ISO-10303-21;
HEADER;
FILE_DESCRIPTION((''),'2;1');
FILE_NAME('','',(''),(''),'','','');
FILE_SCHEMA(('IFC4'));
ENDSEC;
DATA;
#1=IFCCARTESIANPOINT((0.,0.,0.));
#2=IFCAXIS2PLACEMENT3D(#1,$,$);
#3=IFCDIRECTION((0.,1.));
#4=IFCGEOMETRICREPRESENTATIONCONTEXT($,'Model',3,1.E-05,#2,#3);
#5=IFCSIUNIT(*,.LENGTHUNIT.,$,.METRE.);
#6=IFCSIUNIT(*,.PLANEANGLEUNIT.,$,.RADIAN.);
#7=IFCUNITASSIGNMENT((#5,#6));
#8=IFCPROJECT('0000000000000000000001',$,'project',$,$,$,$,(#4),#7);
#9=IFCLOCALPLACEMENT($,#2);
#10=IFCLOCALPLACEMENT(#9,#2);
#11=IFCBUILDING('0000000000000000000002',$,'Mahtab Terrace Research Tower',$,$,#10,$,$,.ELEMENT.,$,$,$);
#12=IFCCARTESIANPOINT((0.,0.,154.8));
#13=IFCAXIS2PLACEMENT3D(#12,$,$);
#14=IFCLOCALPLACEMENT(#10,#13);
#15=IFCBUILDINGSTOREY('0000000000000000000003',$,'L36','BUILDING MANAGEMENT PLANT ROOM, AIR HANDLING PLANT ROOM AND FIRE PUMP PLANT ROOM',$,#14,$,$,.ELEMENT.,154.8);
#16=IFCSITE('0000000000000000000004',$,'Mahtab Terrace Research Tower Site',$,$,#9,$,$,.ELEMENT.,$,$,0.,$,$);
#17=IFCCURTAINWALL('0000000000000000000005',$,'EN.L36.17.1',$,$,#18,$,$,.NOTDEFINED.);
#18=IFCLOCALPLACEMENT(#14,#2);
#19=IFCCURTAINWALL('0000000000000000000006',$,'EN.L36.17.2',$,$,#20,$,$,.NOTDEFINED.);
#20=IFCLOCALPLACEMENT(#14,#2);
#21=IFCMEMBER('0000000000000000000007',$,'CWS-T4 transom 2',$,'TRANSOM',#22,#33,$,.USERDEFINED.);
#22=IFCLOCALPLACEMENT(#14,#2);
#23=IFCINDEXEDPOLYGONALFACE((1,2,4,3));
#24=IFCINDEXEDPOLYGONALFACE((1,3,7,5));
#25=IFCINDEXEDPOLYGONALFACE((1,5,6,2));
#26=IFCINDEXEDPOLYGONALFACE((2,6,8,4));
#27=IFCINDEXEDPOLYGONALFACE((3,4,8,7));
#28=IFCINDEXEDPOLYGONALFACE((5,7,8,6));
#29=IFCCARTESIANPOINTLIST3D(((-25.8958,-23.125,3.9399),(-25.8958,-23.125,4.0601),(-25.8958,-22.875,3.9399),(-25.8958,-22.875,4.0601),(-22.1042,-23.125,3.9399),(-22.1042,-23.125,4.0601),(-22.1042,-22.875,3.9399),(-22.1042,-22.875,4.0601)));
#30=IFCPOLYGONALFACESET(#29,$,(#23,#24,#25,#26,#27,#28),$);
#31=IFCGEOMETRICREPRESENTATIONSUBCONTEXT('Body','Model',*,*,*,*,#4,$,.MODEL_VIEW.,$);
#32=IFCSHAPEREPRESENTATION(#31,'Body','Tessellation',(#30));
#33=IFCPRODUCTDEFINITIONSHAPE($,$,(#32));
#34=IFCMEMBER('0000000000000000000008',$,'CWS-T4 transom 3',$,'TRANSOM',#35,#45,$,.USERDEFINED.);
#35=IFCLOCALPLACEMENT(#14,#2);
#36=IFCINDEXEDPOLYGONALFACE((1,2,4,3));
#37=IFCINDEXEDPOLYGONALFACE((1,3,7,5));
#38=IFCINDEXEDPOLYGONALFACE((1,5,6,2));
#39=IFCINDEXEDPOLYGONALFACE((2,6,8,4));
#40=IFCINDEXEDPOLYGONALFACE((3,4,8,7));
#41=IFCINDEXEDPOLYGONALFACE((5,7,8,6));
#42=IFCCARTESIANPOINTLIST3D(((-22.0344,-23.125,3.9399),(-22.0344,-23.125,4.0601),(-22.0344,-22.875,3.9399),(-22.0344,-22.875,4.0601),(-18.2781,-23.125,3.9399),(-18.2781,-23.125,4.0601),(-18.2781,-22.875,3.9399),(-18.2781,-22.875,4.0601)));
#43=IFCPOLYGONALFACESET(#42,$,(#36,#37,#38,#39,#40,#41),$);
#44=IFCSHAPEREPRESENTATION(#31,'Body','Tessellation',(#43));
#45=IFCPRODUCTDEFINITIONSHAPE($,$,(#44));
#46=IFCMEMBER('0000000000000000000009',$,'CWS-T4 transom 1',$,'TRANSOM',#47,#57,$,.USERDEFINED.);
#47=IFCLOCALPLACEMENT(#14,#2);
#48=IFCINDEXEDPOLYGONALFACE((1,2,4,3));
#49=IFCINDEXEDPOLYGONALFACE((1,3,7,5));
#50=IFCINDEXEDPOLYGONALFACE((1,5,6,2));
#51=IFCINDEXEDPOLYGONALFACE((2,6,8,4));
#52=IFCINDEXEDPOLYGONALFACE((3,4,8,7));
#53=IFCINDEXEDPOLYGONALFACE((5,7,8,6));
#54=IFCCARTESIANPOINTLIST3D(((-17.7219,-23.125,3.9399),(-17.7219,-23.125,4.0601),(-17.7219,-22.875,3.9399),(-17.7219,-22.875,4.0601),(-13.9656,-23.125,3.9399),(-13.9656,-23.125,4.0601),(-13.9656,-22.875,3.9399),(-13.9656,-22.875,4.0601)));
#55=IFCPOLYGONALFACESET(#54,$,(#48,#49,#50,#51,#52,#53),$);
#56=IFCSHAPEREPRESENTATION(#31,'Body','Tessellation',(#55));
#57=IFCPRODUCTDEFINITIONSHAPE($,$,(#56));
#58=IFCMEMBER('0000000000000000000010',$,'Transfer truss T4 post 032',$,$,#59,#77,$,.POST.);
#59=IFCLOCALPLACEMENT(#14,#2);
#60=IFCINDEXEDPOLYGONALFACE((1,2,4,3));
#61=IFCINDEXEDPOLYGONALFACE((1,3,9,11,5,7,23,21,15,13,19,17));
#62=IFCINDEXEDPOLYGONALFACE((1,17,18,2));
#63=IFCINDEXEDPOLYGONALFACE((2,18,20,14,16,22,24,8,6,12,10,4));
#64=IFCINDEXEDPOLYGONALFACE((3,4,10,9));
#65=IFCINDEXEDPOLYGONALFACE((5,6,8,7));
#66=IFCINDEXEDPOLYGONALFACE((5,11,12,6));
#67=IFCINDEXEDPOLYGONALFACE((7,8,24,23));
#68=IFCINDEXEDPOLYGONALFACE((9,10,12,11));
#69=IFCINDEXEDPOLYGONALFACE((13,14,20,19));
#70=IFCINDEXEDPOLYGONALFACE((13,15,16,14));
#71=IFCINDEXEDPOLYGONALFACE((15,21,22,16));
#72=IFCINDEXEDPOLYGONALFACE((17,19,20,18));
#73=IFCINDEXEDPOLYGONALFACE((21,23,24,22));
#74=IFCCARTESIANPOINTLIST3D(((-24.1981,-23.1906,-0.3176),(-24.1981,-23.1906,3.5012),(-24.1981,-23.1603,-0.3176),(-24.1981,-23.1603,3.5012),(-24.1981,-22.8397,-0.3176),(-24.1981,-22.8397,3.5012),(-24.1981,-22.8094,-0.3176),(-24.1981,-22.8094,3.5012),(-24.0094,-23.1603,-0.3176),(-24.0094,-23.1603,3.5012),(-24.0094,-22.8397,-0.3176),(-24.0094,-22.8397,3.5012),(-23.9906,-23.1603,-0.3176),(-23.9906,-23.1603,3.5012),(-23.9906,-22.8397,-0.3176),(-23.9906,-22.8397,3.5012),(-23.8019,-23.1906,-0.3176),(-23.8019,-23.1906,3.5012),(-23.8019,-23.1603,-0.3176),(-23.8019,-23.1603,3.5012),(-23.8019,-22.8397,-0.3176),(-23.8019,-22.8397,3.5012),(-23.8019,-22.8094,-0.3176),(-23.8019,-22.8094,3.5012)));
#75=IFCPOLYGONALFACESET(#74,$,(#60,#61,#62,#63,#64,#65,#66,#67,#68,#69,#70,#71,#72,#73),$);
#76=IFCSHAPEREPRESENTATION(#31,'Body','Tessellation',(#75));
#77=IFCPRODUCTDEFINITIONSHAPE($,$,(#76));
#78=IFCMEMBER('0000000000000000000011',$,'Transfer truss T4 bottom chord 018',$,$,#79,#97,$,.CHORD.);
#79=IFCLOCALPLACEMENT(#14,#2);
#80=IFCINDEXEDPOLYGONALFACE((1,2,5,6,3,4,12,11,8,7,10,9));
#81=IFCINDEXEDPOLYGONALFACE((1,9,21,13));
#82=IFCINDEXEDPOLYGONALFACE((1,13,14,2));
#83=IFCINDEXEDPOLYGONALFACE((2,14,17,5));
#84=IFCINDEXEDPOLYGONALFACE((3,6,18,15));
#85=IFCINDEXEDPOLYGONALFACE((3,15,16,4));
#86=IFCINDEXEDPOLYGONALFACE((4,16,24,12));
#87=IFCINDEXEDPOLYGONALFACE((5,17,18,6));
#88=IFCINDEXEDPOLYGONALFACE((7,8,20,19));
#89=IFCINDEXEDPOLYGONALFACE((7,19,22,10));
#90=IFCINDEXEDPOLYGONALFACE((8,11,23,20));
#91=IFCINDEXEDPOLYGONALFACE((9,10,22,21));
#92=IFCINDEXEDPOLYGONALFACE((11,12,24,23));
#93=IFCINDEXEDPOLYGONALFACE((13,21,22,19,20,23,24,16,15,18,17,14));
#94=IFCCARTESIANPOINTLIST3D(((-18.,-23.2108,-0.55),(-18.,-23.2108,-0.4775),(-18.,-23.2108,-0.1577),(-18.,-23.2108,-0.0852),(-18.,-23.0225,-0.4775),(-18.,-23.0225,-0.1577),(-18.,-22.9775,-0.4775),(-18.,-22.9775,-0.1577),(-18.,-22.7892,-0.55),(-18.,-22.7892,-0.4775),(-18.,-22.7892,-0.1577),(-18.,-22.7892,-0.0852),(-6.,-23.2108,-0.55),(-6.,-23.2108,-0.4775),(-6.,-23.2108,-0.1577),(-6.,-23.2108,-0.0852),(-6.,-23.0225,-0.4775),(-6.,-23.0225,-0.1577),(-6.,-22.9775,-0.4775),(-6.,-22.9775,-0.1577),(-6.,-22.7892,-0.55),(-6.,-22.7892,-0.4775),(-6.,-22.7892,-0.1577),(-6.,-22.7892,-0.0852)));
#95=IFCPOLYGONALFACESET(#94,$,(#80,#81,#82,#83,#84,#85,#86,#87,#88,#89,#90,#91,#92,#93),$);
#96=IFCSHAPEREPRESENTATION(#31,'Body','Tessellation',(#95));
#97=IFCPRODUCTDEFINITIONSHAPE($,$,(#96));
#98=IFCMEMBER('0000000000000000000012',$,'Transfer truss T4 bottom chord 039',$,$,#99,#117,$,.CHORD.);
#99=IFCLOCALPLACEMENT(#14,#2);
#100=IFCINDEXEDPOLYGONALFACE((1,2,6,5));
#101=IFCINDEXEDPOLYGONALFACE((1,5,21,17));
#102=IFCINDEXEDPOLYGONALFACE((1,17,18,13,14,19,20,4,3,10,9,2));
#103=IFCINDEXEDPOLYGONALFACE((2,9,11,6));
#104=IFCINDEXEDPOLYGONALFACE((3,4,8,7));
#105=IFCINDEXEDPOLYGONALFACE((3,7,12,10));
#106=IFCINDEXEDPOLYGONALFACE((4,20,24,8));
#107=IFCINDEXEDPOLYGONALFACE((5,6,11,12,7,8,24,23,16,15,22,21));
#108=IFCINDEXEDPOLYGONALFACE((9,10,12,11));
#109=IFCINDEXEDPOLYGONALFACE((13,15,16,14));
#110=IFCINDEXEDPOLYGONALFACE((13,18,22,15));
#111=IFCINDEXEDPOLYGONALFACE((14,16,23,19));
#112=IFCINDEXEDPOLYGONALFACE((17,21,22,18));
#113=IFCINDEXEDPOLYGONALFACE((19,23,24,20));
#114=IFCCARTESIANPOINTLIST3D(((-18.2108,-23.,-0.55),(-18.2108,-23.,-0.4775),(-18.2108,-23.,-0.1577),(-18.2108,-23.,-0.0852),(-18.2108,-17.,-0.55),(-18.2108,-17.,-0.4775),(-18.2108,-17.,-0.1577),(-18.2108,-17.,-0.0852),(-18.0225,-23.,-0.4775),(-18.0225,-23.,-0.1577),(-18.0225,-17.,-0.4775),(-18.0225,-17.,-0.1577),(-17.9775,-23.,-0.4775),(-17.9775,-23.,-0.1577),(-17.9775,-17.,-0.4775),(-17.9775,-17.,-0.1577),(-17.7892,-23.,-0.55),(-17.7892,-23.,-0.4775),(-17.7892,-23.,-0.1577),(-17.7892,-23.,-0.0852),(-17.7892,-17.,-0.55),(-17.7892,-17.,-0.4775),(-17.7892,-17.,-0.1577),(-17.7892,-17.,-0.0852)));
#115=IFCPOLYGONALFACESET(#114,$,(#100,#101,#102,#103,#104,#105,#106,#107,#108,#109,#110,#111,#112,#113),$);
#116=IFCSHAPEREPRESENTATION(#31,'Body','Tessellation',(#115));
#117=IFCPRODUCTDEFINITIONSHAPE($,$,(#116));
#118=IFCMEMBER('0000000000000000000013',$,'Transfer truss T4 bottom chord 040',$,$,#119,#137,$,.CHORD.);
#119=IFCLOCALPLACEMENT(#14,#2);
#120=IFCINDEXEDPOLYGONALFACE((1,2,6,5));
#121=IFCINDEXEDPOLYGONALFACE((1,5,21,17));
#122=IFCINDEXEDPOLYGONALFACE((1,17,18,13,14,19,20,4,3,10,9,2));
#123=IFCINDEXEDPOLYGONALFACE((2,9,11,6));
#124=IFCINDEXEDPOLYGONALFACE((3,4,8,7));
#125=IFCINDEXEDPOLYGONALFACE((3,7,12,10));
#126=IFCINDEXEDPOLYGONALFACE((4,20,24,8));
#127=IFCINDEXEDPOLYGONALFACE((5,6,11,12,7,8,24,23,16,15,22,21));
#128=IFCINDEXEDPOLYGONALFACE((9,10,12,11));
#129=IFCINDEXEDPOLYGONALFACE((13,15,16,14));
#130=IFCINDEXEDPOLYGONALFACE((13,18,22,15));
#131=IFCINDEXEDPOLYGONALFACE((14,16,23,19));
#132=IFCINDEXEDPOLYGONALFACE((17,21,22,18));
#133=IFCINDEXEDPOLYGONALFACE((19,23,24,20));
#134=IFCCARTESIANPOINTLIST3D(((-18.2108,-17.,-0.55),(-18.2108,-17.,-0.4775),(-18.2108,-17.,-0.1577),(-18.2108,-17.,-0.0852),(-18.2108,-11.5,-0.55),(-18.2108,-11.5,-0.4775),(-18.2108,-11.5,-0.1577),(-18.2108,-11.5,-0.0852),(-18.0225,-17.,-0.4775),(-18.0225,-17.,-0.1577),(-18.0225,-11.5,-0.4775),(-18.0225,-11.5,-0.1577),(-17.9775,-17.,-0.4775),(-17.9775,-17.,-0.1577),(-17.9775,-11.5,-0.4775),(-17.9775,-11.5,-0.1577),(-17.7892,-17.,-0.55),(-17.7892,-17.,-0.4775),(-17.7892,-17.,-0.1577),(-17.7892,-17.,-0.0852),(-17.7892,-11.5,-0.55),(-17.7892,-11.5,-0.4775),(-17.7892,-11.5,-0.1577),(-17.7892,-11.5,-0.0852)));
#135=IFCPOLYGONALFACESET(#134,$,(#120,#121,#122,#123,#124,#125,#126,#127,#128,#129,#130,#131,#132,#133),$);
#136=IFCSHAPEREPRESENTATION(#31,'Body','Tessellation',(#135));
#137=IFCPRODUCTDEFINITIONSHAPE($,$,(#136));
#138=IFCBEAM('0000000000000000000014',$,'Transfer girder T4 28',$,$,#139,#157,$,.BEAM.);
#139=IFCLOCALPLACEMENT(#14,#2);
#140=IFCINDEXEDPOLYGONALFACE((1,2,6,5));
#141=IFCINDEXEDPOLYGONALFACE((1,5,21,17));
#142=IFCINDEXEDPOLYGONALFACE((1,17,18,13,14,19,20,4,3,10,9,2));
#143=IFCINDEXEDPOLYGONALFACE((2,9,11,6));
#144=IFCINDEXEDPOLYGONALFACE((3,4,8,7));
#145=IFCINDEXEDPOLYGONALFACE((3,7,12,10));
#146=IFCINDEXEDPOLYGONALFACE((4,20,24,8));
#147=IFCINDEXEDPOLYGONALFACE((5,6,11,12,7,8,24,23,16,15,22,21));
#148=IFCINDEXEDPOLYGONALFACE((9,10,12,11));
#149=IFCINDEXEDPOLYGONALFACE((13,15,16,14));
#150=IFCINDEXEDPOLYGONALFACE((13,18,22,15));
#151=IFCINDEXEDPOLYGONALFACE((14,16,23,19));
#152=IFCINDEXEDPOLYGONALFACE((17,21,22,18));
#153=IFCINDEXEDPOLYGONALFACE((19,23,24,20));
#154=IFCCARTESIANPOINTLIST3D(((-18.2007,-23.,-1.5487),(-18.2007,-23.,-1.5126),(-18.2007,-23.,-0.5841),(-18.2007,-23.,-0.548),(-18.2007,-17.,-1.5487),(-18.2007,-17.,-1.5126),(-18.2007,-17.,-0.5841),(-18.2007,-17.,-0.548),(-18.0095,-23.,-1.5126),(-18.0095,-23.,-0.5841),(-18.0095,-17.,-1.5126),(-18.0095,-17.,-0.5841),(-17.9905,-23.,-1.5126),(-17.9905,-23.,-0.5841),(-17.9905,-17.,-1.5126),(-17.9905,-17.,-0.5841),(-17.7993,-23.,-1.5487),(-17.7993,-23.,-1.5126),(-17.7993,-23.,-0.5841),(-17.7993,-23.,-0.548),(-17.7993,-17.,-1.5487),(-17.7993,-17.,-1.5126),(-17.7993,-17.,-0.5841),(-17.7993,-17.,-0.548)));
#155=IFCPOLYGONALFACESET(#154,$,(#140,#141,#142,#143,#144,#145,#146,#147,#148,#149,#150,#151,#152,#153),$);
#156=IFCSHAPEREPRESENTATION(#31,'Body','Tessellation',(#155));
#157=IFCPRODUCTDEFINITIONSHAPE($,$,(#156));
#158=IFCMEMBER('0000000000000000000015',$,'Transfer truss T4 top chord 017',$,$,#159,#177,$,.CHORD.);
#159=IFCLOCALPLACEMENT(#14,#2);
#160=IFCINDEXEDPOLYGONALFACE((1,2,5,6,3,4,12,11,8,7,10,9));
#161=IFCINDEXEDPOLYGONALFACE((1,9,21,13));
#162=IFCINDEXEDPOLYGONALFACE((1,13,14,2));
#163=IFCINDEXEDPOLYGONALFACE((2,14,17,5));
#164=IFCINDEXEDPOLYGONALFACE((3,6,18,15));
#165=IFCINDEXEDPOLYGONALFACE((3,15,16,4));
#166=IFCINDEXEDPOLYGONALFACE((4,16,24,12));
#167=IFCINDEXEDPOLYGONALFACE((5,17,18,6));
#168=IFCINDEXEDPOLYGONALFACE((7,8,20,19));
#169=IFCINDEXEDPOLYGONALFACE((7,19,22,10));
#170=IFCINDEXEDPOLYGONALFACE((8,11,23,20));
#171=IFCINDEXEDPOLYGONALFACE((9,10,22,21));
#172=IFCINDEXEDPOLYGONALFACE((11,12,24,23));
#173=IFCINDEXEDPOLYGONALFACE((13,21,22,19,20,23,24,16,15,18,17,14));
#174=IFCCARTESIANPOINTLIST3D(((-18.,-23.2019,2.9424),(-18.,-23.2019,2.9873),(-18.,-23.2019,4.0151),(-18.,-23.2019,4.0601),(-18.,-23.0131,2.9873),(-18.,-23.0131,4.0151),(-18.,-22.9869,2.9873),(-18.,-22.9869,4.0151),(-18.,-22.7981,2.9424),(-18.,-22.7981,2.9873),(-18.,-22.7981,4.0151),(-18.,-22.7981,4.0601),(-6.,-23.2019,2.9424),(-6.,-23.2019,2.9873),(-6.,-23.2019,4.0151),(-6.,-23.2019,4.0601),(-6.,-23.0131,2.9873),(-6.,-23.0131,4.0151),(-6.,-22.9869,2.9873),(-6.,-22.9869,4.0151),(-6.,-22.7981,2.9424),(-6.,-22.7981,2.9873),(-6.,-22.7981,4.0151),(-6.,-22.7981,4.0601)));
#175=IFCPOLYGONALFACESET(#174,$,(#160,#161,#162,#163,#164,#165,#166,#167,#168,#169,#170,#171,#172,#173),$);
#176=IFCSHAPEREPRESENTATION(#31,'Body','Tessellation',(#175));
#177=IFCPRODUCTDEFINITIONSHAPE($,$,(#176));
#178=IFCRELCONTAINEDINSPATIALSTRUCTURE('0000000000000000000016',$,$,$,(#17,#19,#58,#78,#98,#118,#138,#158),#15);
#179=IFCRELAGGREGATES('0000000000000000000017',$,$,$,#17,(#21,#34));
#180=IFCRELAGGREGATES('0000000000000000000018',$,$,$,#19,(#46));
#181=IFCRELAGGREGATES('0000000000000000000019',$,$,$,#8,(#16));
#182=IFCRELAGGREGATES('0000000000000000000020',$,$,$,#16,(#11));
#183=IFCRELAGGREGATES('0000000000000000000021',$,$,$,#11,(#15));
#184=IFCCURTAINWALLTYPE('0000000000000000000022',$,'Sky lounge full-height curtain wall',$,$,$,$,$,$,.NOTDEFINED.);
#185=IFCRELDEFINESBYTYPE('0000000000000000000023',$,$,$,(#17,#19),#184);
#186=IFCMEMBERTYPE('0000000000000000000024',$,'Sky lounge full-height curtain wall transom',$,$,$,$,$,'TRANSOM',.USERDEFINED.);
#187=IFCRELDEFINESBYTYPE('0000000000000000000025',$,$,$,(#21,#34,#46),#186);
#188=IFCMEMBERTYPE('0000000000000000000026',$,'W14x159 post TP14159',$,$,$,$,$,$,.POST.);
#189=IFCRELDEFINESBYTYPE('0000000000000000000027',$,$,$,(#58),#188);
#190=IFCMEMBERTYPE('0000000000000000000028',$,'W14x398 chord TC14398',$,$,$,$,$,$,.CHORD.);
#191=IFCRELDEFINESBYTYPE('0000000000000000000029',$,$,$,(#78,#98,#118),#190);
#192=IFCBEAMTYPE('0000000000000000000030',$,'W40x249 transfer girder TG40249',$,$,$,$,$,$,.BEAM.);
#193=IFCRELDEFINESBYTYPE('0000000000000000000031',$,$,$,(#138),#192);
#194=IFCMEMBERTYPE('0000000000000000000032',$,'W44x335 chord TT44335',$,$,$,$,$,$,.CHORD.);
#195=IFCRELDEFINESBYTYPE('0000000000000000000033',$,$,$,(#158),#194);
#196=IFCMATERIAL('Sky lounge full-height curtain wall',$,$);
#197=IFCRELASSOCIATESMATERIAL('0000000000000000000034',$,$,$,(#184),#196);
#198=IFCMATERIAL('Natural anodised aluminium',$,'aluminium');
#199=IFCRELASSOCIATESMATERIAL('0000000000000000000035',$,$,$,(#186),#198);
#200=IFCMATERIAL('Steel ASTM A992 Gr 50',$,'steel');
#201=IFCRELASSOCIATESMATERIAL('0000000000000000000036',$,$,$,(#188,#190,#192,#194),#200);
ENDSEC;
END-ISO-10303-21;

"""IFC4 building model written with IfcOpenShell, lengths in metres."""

from ifc_helpers import new_model, si_unit, direction, frame, origin, origin_2d, place, context, subcontext, project, spatial, rectangle, i_section, extrude, material, material_profile, profile_set, type_object, element, aggregate, save


model = new_model("IFC4")

# Units and contexts
model_context = context("Model", 3, precision=1e-05, world=origin(), true_north=direction((0.0, 1.0)))
body_context = subcontext(model_context, "Body", "Model", "MODEL_VIEW")
ifc_project = project(units=[si_unit("LENGTHUNIT", "METRE"), si_unit("PLANEANGLEUNIT", "RADIAN")], contexts=[model_context])

# Site, building, storey
site_placement = place(None, origin())
site = spatial("IfcSite", under=ifc_project, at=site_placement, Name="Mahtab Terrace Research Tower Site", CompositionType="ELEMENT", RefElevation=0.0)
building_placement = place(site_placement, origin())
building = spatial("IfcBuilding", under=site, at=building_placement, Name="Mahtab Terrace Research Tower", CompositionType="ELEMENT")
storey_placement = place(building_placement, frame((0.0, 0.0, 154.8)))
storey = spatial("IfcBuildingStorey", under=building, at=storey_placement, Name="L36", Description="BUILDING MANAGEMENT PLANT ROOM, AIR HANDLING PLANT ROOM AND FIRE PUMP PLANT ROOM", CompositionType="ELEMENT", Elevation=154.8)

# Shared definitions
ifc_material_1 = material(Name="Steel ASTM A992 Gr 50", Category="steel")

# Curtain wall
ifc_material_2 = material(Name="Sky lounge full-height curtain wall")
curtain_wall_type = type_object("IfcCurtainWallType", Name="Sky lounge full-height curtain wall", PredefinedType="NOTDEFINED", material=ifc_material_2)
curtain_wall_1_placement = place(storey_placement, origin())
curtain_wall_1 = element("IfcCurtainWall", 1, at=curtain_wall_1_placement, inside=storey, type_object=curtain_wall_type, Name="EN.L36.17.1", PredefinedType="NOTDEFINED")
ifc_material_3 = material(Name="Natural anodised aluminium", Category="aluminium")

# Curtain wall
curtain_wall_2_placement = place(storey_placement, origin())
curtain_wall_2 = element("IfcCurtainWall", 2, at=curtain_wall_2_placement, inside=storey, type_object=curtain_wall_type, Name="EN.L36.17.2", PredefinedType="NOTDEFINED")

# Members
ifc_material_profile_1 = material_profile(ifc_material_3, rectangle(XDim=0.25, YDim=0.1201, at=origin_2d()), Name="TRANSOM 120x250")
ifc_profile_set_1 = profile_set([ifc_material_profile_1], Name="Natural anodised aluminium")
member_type_1 = type_object("IfcMemberType", Name="Sky lounge full-height curtain wall transom", ElementType="TRANSOM", PredefinedType="USERDEFINED", material=ifc_profile_set_1)
member_1_placement = place(storey_placement, frame((-25.8958, -23.0, 4.0), z_axis=(1.0, 0.0, 0.0), x_axis=(0.0, 1.0, 0.0)))
member_1 = element("IfcMember", 3, at=member_1_placement, type_object=member_type_1, Name="CWS-T4 transom 2", ObjectType="TRANSOM", PredefinedType="USERDEFINED", context=body_context, shape_type="SweptSolid", body=[
    extrude(rectangle(XDim=0.25, YDim=0.1201, at=origin_2d()), origin(), (0.0, 0.0, 1.0), 3.7915),
])
member_2_placement = place(storey_placement, frame((-22.0344, -23.0, 4.0), z_axis=(1.0, 0.0, 0.0), x_axis=(0.0, 1.0, 0.0)))
member_2 = element("IfcMember", 4, at=member_2_placement, type_object=member_type_1, Name="CWS-T4 transom 3", ObjectType="TRANSOM", PredefinedType="USERDEFINED", context=body_context, shape_type="SweptSolid", body=[
    extrude(rectangle(XDim=0.25, YDim=0.1201, at=origin_2d()), origin(), (0.0, 0.0, 1.0), 3.7563),
])
member_3_placement = place(storey_placement, frame((-17.7219, -23.0, 4.0), z_axis=(1.0, 0.0, 0.0), x_axis=(0.0, 1.0, 0.0)))
member_3 = element("IfcMember", 5, at=member_3_placement, type_object=member_type_1, Name="CWS-T4 transom 1", ObjectType="TRANSOM", PredefinedType="USERDEFINED", context=body_context, shape_type="SweptSolid", body=[
    extrude(rectangle(XDim=0.25, YDim=0.1201, at=origin_2d()), origin(), (0.0, 0.0, 1.0), 3.7563),
])

# Members
ifc_material_profile_2 = material_profile(ifc_material_1, i_section(OverallWidth=0.3962, OverallDepth=0.3811, WebThickness=0.0188, FlangeThickness=0.0303, at=origin_2d()), Name="W14X159")
ifc_profile_set_2 = profile_set([ifc_material_profile_2], Name="Steel ASTM A992 Gr 50")
member_type_2 = type_object("IfcMemberType", Name="W14x159 post TP14159", PredefinedType="POST", material=ifc_profile_set_2)
member_4_placement = place(storey_placement, frame((-24.0, -23.0, -0.3176), z_axis=(0.0, 0.0, 1.0), x_axis=(1.0, 0.0, 0.0)))
element("IfcMember", 6, at=member_4_placement, inside=storey, type_object=member_type_2, Name="Transfer truss T4 post 032", PredefinedType="POST", context=body_context, shape_type="SweptSolid", body=[
    extrude(i_section(OverallWidth=0.3962, OverallDepth=0.3811, WebThickness=0.0188, FlangeThickness=0.0303, at=origin_2d()), origin(), (0.0, 0.0, 1.0), 3.8188),
])
ifc_material_profile_3 = material_profile(ifc_material_1, i_section(OverallWidth=0.4216, OverallDepth=0.4648, WebThickness=0.0449, FlangeThickness=0.0725, at=origin_2d()), Name="W14X398")
ifc_profile_set_3 = profile_set([ifc_material_profile_3], Name="Steel ASTM A992 Gr 50")
member_type_3 = type_object("IfcMemberType", Name="W14x398 chord TC14398", PredefinedType="CHORD", material=ifc_profile_set_3)
member_5_placement = place(storey_placement, frame((-18.0, -23.0, -0.3176), z_axis=(1.0, 0.0, 0.0), x_axis=(0.0, 1.0, 0.0)))
element("IfcMember", 7, at=member_5_placement, inside=storey, type_object=member_type_3, Name="Transfer truss T4 bottom chord 018", PredefinedType="CHORD", context=body_context, shape_type="SweptSolid", body=[
    extrude(i_section(OverallWidth=0.4216, OverallDepth=0.4648, WebThickness=0.0449, FlangeThickness=0.0725, at=origin_2d()), origin(), (0.0, 0.0, 1.0), 12.0),
])
member_6_placement = place(storey_placement, frame((-18.0, -23.0, -0.3176), z_axis=(0.0, 1.0, 0.0), x_axis=(-1.0, 0.0, 0.0)))
element("IfcMember", 8, at=member_6_placement, inside=storey, type_object=member_type_3, Name="Transfer truss T4 bottom chord 039", PredefinedType="CHORD", context=body_context, shape_type="SweptSolid", body=[
    extrude(i_section(OverallWidth=0.4216, OverallDepth=0.4648, WebThickness=0.0449, FlangeThickness=0.0725, at=origin_2d()), origin(), (0.0, 0.0, 1.0), 6.0),
])
member_7_placement = place(storey_placement, frame((-18.0, -17.0, -0.3176), z_axis=(0.0, 1.0, 0.0), x_axis=(-1.0, 0.0, 0.0)))
element("IfcMember", 9, at=member_7_placement, inside=storey, type_object=member_type_3, Name="Transfer truss T4 bottom chord 040", PredefinedType="CHORD", context=body_context, shape_type="SweptSolid", body=[
    extrude(i_section(OverallWidth=0.4216, OverallDepth=0.4648, WebThickness=0.0449, FlangeThickness=0.0725, at=origin_2d()), origin(), (0.0, 0.0, 1.0), 5.5),
])

# Beam
ifc_material_profile_4 = material_profile(ifc_material_1, i_section(OverallWidth=0.4014, OverallDepth=1.0007, WebThickness=0.019, FlangeThickness=0.0361, at=origin_2d()), Name="W40X249")
ifc_profile_set_4 = profile_set([ifc_material_profile_4], Name="Steel ASTM A992 Gr 50")
beam_type = type_object("IfcBeamType", Name="W40x249 transfer girder TG40249", PredefinedType="BEAM", material=ifc_profile_set_4)
beam_placement = place(storey_placement, frame((-18.0, -23.0, -1.0483), z_axis=(0.0, 1.0, 0.0), x_axis=(-1.0, 0.0, 0.0)))
element("IfcBeam", 10, at=beam_placement, inside=storey, type_object=beam_type, Name="Transfer girder T4 28", PredefinedType="BEAM", context=body_context, shape_type="SweptSolid", body=[
    extrude(i_section(OverallWidth=0.4014, OverallDepth=1.0007, WebThickness=0.019, FlangeThickness=0.0361, at=origin_2d()), origin(), (0.0, 0.0, 1.0), 6.0),
])

# Member
ifc_material_profile_5 = material_profile(ifc_material_1, i_section(OverallWidth=0.4038, OverallDepth=1.1177, WebThickness=0.0261, FlangeThickness=0.0449, at=origin_2d()), Name="W44X335")
ifc_profile_set_5 = profile_set([ifc_material_profile_5], Name="Steel ASTM A992 Gr 50")
member_type_4 = type_object("IfcMemberType", Name="W44x335 chord TT44335", PredefinedType="CHORD", material=ifc_profile_set_5)
member_8_placement = place(storey_placement, frame((-18.0, -23.0, 3.5012), z_axis=(1.0, 0.0, 0.0), x_axis=(0.0, 1.0, 0.0)))
element("IfcMember", 11, at=member_8_placement, inside=storey, type_object=member_type_4, Name="Transfer truss T4 top chord 017", PredefinedType="CHORD", context=body_context, shape_type="SweptSolid", body=[
    extrude(i_section(OverallWidth=0.4038, OverallDepth=1.1177, WebThickness=0.0261, FlangeThickness=0.0449, at=origin_2d()), origin(), (0.0, 0.0, 1.0), 12.0),
])

aggregate(curtain_wall_1, [member_1, member_2])
aggregate(curtain_wall_2, [member_3])

save(model, "model.ifc")
